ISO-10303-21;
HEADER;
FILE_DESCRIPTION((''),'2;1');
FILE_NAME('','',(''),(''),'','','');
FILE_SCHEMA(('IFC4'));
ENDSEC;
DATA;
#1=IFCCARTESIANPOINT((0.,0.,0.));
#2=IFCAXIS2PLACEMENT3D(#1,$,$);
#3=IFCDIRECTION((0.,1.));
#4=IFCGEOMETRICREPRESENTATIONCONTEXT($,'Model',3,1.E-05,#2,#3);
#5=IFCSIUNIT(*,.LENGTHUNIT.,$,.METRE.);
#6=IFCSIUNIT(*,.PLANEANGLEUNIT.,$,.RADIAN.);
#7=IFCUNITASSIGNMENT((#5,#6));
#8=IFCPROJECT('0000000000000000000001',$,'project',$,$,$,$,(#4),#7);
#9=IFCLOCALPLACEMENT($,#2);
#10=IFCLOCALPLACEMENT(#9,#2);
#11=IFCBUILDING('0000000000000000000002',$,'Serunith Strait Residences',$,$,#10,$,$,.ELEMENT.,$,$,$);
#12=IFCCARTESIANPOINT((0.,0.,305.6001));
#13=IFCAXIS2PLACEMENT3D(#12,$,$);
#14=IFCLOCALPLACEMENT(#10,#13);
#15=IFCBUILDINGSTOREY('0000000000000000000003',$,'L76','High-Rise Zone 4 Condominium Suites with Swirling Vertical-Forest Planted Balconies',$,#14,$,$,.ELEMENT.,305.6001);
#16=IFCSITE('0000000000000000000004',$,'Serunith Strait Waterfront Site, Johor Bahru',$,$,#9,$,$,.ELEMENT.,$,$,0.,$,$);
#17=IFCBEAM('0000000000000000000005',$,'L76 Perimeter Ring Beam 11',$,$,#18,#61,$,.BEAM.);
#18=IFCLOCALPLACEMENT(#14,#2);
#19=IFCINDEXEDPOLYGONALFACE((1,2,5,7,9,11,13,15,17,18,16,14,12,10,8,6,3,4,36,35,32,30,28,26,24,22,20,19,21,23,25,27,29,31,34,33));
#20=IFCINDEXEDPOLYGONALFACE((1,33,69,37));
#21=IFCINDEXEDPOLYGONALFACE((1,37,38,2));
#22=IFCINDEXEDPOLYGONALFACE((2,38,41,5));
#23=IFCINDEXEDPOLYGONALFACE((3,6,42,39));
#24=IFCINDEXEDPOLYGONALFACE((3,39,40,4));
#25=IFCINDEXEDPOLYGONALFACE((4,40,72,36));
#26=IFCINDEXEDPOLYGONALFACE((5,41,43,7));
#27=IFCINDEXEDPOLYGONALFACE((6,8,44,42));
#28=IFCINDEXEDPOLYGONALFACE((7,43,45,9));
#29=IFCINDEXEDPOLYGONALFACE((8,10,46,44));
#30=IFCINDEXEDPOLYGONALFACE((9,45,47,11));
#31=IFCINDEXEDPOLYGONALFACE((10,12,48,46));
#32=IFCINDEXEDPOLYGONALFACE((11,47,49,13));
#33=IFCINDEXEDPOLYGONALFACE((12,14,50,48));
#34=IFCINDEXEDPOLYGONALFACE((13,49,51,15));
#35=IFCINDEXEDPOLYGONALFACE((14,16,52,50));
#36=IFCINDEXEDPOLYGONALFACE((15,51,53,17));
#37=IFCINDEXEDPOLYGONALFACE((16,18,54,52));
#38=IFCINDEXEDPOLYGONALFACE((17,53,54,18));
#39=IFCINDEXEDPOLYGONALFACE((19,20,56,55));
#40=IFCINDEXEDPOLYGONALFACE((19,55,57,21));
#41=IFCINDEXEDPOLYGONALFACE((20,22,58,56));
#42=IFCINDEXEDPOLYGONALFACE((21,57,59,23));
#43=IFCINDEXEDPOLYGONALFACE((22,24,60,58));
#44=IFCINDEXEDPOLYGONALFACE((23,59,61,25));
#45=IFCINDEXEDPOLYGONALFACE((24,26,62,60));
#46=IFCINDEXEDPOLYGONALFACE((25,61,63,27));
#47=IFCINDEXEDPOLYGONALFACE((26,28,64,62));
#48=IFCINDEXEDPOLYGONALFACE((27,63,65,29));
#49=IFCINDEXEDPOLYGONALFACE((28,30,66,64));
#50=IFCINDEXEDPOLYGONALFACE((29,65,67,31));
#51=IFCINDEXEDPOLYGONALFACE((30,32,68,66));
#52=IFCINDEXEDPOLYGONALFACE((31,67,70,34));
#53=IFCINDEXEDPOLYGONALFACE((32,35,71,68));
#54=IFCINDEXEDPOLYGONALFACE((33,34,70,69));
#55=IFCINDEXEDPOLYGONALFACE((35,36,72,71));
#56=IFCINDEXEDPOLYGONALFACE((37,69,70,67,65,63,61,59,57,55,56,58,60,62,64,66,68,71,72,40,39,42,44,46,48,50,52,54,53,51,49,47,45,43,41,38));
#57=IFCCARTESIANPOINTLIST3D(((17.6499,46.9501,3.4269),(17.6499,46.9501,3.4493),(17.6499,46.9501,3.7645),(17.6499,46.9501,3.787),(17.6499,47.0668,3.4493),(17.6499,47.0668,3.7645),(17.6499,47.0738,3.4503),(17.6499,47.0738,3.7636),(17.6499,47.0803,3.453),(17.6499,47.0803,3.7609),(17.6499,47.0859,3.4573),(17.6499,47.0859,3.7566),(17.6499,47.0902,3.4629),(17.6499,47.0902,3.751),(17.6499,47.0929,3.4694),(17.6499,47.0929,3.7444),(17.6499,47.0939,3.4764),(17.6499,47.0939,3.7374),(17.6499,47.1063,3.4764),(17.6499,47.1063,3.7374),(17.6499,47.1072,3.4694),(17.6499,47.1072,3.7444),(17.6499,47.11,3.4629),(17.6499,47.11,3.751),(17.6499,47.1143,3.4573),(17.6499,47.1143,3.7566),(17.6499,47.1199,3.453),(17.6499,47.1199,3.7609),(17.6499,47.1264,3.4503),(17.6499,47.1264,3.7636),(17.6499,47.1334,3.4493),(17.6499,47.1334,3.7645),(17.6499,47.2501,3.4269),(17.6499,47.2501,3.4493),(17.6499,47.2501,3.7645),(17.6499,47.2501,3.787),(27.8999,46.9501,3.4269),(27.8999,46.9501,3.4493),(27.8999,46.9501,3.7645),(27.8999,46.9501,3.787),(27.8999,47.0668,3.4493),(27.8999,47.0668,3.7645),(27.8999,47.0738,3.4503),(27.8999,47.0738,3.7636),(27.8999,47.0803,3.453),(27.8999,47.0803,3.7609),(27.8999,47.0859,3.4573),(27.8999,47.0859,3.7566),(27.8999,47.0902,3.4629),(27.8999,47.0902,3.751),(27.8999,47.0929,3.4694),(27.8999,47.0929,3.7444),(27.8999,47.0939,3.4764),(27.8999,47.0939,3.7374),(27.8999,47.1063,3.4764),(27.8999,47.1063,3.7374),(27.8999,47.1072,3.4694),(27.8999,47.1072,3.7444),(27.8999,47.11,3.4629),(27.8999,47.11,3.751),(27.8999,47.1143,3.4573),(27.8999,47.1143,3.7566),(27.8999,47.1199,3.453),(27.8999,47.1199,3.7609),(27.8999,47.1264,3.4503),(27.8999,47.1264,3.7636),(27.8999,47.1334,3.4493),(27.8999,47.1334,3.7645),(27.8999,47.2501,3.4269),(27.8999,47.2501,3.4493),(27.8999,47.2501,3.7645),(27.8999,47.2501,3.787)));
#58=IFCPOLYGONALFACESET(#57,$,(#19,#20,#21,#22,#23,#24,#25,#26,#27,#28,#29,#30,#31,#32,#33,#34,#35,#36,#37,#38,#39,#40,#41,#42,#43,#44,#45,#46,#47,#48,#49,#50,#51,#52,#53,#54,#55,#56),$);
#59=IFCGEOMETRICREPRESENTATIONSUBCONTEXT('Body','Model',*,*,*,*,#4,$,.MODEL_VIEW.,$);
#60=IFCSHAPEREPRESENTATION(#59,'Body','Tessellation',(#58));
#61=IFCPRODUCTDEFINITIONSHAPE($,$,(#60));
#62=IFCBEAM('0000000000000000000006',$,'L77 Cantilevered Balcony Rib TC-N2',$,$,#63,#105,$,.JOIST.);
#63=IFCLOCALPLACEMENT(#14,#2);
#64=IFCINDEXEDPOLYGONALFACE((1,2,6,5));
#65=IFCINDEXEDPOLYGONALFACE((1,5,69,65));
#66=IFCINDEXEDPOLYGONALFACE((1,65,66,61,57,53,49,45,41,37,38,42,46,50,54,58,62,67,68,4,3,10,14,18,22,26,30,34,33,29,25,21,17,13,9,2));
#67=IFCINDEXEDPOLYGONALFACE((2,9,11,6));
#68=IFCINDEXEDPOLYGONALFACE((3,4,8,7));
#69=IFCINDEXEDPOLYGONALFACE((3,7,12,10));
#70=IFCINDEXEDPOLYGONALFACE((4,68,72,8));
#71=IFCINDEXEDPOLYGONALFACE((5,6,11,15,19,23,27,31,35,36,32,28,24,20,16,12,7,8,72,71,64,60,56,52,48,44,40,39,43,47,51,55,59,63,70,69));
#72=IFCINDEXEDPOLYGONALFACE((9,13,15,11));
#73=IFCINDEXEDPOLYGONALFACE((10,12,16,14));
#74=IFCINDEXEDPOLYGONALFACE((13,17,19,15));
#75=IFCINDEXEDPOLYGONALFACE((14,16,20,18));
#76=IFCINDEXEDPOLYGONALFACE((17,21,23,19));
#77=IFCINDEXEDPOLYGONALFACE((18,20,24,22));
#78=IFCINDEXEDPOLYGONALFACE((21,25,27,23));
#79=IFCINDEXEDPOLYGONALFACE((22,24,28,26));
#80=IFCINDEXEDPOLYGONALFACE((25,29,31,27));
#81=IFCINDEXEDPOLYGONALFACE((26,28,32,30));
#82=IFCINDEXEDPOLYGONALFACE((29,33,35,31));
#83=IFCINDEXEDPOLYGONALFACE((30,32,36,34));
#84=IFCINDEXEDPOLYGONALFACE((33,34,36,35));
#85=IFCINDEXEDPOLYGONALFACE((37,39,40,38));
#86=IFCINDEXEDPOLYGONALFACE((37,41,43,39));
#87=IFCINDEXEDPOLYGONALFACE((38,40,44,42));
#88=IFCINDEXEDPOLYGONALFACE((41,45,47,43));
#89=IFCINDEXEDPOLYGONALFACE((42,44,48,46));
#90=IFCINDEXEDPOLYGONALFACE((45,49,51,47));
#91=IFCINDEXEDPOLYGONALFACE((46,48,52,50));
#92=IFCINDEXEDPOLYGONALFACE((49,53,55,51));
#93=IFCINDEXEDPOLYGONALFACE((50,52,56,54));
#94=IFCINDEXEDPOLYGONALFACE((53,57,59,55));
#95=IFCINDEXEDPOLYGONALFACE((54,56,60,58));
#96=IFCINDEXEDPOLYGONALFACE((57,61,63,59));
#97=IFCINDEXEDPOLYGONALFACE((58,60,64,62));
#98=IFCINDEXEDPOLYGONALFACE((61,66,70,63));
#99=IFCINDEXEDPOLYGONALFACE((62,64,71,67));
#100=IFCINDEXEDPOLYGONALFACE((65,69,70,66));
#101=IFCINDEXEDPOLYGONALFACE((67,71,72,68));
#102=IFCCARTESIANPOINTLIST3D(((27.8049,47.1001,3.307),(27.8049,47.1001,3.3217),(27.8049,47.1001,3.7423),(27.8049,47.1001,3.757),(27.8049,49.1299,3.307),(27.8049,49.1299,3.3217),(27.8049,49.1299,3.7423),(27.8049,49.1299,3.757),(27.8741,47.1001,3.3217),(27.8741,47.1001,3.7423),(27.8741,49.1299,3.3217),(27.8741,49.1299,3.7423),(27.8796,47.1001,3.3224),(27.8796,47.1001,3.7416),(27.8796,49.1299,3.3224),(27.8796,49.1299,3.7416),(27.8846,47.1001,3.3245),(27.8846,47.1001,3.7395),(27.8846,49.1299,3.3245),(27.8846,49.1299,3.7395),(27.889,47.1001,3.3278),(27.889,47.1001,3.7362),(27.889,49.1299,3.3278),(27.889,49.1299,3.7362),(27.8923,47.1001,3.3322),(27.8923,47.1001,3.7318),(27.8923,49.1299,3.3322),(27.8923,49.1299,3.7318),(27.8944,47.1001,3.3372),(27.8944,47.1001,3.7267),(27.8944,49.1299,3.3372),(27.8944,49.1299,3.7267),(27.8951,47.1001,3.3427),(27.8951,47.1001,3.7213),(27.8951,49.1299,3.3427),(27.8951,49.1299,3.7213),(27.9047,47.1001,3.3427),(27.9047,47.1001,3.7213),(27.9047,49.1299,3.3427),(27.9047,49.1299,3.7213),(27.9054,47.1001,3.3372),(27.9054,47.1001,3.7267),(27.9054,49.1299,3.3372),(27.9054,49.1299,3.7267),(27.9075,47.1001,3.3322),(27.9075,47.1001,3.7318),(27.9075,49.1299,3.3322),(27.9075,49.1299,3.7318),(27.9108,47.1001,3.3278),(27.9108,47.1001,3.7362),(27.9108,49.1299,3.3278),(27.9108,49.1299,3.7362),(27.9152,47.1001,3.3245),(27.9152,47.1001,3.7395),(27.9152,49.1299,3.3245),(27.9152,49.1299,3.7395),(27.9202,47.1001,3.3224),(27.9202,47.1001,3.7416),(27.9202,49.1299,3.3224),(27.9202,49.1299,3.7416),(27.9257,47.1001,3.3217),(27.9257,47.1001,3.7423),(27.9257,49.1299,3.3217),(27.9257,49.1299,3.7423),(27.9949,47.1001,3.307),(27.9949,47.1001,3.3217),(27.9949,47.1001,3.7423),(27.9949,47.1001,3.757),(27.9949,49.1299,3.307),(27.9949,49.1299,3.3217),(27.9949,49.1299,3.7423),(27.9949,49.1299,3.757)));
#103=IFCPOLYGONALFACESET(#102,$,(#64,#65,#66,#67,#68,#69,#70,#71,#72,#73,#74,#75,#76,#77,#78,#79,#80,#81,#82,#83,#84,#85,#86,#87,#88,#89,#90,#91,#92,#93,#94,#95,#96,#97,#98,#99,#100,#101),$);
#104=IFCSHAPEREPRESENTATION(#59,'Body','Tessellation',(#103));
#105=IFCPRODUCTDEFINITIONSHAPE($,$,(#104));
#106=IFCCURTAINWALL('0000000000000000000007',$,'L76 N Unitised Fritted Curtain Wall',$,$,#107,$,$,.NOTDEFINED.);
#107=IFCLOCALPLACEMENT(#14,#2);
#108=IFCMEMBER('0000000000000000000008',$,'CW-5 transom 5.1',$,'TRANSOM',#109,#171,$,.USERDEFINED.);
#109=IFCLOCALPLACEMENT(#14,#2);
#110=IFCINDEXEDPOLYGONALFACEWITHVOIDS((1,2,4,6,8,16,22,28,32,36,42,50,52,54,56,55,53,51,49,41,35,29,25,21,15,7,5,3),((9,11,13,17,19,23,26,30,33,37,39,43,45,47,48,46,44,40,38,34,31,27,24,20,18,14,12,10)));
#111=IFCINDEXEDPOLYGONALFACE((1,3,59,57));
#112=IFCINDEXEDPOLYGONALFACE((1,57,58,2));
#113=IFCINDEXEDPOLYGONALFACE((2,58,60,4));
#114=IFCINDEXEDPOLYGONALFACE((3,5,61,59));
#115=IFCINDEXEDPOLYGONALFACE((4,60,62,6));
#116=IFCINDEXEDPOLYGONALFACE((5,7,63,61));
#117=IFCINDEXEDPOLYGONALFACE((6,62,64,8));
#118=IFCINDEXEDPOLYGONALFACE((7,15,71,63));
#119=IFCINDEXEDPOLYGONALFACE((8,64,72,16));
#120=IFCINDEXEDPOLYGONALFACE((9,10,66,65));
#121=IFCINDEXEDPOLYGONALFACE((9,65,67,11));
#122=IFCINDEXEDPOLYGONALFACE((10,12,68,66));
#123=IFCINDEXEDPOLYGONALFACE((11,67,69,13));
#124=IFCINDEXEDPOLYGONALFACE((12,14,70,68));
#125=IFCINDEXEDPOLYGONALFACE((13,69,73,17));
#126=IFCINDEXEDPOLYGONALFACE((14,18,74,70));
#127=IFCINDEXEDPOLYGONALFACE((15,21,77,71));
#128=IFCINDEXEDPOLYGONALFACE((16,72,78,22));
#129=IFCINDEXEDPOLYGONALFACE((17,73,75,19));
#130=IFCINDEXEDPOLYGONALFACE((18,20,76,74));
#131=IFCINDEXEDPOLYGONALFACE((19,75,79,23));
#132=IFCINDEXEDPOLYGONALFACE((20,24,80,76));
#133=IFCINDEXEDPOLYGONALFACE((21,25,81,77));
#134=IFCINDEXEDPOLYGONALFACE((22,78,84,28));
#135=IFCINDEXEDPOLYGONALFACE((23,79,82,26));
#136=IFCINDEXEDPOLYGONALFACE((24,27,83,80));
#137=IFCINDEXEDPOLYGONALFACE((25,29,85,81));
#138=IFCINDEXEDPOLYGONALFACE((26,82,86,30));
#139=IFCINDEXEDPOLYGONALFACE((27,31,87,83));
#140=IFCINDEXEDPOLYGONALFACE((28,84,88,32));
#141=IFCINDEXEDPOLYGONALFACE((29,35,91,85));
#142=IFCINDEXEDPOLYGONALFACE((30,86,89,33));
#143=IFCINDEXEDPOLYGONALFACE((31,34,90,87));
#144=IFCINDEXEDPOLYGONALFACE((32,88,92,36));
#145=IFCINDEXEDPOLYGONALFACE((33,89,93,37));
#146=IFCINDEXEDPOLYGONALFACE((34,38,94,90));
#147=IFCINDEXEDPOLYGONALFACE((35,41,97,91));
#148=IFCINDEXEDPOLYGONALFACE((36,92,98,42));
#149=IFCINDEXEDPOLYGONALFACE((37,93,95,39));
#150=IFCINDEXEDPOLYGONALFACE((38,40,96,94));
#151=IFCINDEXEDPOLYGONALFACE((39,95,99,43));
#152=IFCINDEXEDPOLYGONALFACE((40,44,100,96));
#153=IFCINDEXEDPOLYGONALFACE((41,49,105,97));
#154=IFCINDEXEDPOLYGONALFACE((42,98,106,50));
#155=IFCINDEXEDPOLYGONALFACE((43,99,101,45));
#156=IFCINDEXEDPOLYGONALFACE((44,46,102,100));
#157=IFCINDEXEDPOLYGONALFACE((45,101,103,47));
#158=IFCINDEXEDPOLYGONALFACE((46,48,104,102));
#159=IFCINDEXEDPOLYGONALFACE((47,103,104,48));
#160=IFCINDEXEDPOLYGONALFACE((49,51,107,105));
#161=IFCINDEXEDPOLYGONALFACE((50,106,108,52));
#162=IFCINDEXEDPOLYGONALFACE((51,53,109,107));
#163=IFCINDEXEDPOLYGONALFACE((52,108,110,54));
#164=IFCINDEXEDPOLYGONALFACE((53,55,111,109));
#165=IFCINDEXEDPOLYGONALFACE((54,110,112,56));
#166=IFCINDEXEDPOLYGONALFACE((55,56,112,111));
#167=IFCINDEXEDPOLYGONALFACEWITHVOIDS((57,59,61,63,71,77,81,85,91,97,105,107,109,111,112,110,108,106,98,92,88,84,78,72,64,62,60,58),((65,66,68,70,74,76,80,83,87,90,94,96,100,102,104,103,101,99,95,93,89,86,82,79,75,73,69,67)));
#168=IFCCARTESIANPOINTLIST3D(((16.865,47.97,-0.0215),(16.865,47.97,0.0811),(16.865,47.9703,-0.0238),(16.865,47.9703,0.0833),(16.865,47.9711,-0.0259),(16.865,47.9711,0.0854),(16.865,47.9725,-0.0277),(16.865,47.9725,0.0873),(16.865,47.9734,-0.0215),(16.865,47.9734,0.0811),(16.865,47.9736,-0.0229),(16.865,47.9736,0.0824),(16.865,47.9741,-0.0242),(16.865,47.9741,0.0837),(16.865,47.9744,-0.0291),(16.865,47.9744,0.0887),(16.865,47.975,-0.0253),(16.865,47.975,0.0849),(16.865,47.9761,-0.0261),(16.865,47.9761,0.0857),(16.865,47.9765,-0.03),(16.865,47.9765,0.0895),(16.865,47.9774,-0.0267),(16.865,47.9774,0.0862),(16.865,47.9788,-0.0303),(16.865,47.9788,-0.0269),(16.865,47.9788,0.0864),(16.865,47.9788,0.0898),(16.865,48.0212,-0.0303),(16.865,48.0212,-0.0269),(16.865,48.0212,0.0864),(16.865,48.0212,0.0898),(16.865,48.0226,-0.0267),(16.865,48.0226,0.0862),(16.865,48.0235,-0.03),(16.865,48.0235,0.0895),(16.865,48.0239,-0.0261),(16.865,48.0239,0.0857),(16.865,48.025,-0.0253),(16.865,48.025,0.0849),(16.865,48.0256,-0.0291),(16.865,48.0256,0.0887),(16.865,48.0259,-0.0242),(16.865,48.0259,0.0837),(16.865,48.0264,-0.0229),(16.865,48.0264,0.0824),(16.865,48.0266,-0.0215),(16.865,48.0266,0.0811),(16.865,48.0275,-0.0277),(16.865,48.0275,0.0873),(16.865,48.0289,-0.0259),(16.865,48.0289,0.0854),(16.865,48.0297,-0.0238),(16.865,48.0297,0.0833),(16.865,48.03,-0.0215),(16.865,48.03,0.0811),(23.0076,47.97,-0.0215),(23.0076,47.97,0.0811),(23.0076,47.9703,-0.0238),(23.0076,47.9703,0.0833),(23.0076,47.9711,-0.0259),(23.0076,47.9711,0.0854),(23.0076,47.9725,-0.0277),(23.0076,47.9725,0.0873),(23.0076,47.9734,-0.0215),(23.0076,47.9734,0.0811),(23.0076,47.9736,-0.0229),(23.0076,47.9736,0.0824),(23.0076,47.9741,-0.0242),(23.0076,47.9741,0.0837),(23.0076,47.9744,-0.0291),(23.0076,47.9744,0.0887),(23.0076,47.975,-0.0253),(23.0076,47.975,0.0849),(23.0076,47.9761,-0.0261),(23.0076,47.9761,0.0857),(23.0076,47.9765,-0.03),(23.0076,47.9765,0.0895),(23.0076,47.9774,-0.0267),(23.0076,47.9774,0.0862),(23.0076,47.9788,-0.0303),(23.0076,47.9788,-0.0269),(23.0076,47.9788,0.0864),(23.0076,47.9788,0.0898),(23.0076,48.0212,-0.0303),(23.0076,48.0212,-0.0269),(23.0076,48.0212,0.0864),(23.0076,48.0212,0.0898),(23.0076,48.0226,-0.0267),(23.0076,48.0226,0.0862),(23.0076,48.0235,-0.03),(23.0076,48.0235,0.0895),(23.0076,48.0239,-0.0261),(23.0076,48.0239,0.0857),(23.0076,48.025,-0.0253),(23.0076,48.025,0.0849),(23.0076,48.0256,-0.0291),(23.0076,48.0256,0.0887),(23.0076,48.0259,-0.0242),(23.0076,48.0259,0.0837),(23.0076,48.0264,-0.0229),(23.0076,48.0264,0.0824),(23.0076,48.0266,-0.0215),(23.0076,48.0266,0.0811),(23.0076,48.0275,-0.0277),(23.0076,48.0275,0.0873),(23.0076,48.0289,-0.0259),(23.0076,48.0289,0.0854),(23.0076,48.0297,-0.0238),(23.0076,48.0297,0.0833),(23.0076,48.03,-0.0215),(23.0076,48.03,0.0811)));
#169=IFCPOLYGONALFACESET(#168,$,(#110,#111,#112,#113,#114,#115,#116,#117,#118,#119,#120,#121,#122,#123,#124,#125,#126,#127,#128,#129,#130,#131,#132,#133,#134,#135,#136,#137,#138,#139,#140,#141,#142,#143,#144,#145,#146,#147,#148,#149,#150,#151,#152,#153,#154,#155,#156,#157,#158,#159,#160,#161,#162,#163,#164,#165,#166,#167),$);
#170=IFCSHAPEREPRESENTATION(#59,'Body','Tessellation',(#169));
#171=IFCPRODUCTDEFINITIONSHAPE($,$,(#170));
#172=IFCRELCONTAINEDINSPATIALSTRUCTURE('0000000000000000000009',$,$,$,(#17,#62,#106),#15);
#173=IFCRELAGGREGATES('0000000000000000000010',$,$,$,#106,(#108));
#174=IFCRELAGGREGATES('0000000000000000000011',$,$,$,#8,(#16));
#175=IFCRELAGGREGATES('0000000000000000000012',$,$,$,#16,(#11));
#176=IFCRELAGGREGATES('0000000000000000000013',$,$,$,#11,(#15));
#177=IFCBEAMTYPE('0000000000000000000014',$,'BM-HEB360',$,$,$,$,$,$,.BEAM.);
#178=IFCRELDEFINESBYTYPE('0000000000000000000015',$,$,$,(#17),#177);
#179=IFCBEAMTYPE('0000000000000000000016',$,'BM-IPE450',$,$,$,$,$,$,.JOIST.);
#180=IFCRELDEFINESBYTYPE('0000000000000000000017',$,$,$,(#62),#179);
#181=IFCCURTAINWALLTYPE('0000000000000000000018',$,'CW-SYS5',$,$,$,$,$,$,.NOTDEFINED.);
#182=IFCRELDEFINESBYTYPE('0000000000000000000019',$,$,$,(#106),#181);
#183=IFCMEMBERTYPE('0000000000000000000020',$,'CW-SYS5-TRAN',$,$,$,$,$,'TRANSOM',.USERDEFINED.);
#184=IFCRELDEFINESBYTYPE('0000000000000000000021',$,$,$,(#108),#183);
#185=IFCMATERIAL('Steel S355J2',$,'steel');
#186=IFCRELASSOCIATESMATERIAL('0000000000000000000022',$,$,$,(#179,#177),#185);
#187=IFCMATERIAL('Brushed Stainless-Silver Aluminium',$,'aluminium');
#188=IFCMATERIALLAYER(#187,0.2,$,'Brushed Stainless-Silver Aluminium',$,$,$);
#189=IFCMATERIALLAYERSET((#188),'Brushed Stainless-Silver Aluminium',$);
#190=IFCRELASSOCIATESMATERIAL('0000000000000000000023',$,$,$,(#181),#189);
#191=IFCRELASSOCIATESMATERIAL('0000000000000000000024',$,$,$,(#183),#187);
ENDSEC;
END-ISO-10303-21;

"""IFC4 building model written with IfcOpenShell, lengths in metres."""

from ifc_helpers import new_model, si_unit, direction, frame, origin, origin_2d, place, context, subcontext, project, spatial, hollow_rectangle, i_section, extrude, source, transform, mapped, material, layer, layer_set, material_profile, profile_set, type_object, element, aggregate, save


model = new_model("IFC4")

# Units and contexts
model_context = context("Model", 3, precision=1e-05, world=origin(), true_north=direction((0.0, 1.0)))
body_context = subcontext(model_context, "Body", "Model", "MODEL_VIEW")
ifc_project = project(units=[si_unit("LENGTHUNIT", "METRE"), si_unit("PLANEANGLEUNIT", "RADIAN")], contexts=[model_context])

# Site, building, storey
site_placement = place(None, origin())
site = spatial("IfcSite", under=ifc_project, at=site_placement, Name="Serunith Strait Waterfront Site, Johor Bahru", CompositionType="ELEMENT", RefElevation=0.0)
building_placement = place(site_placement, origin())
building = spatial("IfcBuilding", under=site, at=building_placement, Name="Serunith Strait Residences", CompositionType="ELEMENT")
storey_placement = place(building_placement, frame((0.0, 0.0, 305.6001)))
storey = spatial("IfcBuildingStorey", under=building, at=storey_placement, Name="L76", Description="High-Rise Zone 4 Condominium Suites with Swirling Vertical-Forest Planted Balconies", CompositionType="ELEMENT", Elevation=305.6001)

# Beams
ifc_material_1 = material(Name="Steel S355J2", Category="steel")
ifc_material_profile_1 = material_profile(ifc_material_1, i_section(OverallWidth=0.1899, OverallDepth=0.45, WebThickness=0.0095, FlangeThickness=0.0146, FilletRadius=0.021, at=origin_2d()), Name="IPE 450")
ifc_profile_set_1 = profile_set([ifc_material_profile_1], Name="Steel S355J2")
beam_type_1 = type_object("IfcBeamType", Name="BM-IPE450", PredefinedType="JOIST", material=ifc_profile_set_1)
ifc_material_profile_2 = material_profile(ifc_material_1, i_section(OverallWidth=0.3, OverallDepth=0.3601, WebThickness=0.0125, FlangeThickness=0.0225, FilletRadius=0.0271, at=origin_2d()), Name="HEB 360")
ifc_profile_set_2 = profile_set([ifc_material_profile_2], Name="Steel S355J2")
beam_type_2 = type_object("IfcBeamType", Name="BM-HEB360", PredefinedType="BEAM", material=ifc_profile_set_2)
shared_shape_1 = source(origin(), body_context, "Body", "SweptSolid", [
    extrude(i_section(OverallWidth=0.3, OverallDepth=0.3601, WebThickness=0.0125, FlangeThickness=0.0225, FilletRadius=0.0271, at=origin_2d()), origin(), (0.0, 0.0, 1.0), 10.25),
])
beam_1_placement = place(storey_placement, frame((27.8999, 47.1001, 3.6069), z_axis=(-1.0, 0.0, 0.0), x_axis=(0.0, -1.0, 0.0)))
element("IfcBeam", 1, at=beam_1_placement, inside=storey, type_object=beam_type_2, Name="L76 Perimeter Ring Beam 11", PredefinedType="BEAM", context=body_context, shape_type="MappedRepresentation", body=[
    mapped(shared_shape_1, transform((0.0, 0.0, 0.0), scale=1.0)),
])
shared_shape_2 = source(origin(), body_context, "Body", "SweptSolid", [
    extrude(i_section(OverallWidth=0.1899, OverallDepth=0.45, WebThickness=0.0095, FlangeThickness=0.0146, FilletRadius=0.021, at=origin_2d()), origin(), (0.0, 0.0, 1.0), 2.0298),
])
beam_2_placement = place(storey_placement, frame((27.8999, 47.1001, 3.532), z_axis=(0.0, 1.0, 0.0), x_axis=(-1.0, 0.0, 0.0)))
element("IfcBeam", 2, at=beam_2_placement, inside=storey, type_object=beam_type_1, Name="L77 Cantilevered Balcony Rib TC-N2", PredefinedType="JOIST", context=body_context, shape_type="MappedRepresentation", body=[
    mapped(shared_shape_2, transform((0.0, 0.0, 0.0), scale=1.0)),
])

# Curtain wall, member
ifc_material_2 = material(Name="Brushed Stainless-Silver Aluminium", Category="aluminium")
ifc_layer_1 = layer(ifc_material_2, 0.2, Name="Brushed Stainless-Silver Aluminium")
ifc_layer_set_1 = layer_set([ifc_layer_1], Name="Brushed Stainless-Silver Aluminium")
curtain_wall_type = type_object("IfcCurtainWallType", Name="CW-SYS5", PredefinedType="NOTDEFINED", material=ifc_layer_set_1)
curtain_wall_placement = place(storey_placement, origin())
curtain_wall = element("IfcCurtainWall", 3, at=curtain_wall_placement, inside=storey, type_object=curtain_wall_type, Name="L76 N Unitised Fritted Curtain Wall", PredefinedType="NOTDEFINED")
ifc_material_profile_3 = material_profile(ifc_material_2, hollow_rectangle(XDim=0.0601, YDim=0.1201, WallThickness=0.0034, InnerFilletRadius=0.0054, OuterFilletRadius=0.0088, at=origin_2d()), Name="ALU 120x60x3.5")
ifc_profile_set_3 = profile_set([ifc_material_profile_3], Name="Brushed Stainless-Silver Aluminium")
member_type_1 = type_object("IfcMemberType", Name="CW-SYS5-TRAN", ElementType="TRANSOM", PredefinedType="USERDEFINED", material=ifc_profile_set_3)
shared_shape_3 = source(origin(), body_context, "Body", "SweptSolid", [
    extrude(hollow_rectangle(XDim=0.0601, YDim=0.1201, WallThickness=0.0034, InnerFilletRadius=0.0054, OuterFilletRadius=0.0088, at=origin_2d()), origin(), (0.0, 0.0, 1.0), 6.1426),
])
member_1_placement = place(storey_placement, frame((23.0076, 48.0, 0.0298), z_axis=(-1.0, 0.0, 0.0), x_axis=(0.0, -1.0, 0.0)))
member_1 = element("IfcMember", 4, at=member_1_placement, type_object=member_type_1, Name="CW-5 transom 5.1", ObjectType="TRANSOM", PredefinedType="USERDEFINED", context=body_context, shape_type="MappedRepresentation", body=[
    mapped(shared_shape_3, transform((0.0, 0.0, 0.0), scale=1.0)),
])
aggregate(curtain_wall, [member_1])

save(model, "model.ifc")
